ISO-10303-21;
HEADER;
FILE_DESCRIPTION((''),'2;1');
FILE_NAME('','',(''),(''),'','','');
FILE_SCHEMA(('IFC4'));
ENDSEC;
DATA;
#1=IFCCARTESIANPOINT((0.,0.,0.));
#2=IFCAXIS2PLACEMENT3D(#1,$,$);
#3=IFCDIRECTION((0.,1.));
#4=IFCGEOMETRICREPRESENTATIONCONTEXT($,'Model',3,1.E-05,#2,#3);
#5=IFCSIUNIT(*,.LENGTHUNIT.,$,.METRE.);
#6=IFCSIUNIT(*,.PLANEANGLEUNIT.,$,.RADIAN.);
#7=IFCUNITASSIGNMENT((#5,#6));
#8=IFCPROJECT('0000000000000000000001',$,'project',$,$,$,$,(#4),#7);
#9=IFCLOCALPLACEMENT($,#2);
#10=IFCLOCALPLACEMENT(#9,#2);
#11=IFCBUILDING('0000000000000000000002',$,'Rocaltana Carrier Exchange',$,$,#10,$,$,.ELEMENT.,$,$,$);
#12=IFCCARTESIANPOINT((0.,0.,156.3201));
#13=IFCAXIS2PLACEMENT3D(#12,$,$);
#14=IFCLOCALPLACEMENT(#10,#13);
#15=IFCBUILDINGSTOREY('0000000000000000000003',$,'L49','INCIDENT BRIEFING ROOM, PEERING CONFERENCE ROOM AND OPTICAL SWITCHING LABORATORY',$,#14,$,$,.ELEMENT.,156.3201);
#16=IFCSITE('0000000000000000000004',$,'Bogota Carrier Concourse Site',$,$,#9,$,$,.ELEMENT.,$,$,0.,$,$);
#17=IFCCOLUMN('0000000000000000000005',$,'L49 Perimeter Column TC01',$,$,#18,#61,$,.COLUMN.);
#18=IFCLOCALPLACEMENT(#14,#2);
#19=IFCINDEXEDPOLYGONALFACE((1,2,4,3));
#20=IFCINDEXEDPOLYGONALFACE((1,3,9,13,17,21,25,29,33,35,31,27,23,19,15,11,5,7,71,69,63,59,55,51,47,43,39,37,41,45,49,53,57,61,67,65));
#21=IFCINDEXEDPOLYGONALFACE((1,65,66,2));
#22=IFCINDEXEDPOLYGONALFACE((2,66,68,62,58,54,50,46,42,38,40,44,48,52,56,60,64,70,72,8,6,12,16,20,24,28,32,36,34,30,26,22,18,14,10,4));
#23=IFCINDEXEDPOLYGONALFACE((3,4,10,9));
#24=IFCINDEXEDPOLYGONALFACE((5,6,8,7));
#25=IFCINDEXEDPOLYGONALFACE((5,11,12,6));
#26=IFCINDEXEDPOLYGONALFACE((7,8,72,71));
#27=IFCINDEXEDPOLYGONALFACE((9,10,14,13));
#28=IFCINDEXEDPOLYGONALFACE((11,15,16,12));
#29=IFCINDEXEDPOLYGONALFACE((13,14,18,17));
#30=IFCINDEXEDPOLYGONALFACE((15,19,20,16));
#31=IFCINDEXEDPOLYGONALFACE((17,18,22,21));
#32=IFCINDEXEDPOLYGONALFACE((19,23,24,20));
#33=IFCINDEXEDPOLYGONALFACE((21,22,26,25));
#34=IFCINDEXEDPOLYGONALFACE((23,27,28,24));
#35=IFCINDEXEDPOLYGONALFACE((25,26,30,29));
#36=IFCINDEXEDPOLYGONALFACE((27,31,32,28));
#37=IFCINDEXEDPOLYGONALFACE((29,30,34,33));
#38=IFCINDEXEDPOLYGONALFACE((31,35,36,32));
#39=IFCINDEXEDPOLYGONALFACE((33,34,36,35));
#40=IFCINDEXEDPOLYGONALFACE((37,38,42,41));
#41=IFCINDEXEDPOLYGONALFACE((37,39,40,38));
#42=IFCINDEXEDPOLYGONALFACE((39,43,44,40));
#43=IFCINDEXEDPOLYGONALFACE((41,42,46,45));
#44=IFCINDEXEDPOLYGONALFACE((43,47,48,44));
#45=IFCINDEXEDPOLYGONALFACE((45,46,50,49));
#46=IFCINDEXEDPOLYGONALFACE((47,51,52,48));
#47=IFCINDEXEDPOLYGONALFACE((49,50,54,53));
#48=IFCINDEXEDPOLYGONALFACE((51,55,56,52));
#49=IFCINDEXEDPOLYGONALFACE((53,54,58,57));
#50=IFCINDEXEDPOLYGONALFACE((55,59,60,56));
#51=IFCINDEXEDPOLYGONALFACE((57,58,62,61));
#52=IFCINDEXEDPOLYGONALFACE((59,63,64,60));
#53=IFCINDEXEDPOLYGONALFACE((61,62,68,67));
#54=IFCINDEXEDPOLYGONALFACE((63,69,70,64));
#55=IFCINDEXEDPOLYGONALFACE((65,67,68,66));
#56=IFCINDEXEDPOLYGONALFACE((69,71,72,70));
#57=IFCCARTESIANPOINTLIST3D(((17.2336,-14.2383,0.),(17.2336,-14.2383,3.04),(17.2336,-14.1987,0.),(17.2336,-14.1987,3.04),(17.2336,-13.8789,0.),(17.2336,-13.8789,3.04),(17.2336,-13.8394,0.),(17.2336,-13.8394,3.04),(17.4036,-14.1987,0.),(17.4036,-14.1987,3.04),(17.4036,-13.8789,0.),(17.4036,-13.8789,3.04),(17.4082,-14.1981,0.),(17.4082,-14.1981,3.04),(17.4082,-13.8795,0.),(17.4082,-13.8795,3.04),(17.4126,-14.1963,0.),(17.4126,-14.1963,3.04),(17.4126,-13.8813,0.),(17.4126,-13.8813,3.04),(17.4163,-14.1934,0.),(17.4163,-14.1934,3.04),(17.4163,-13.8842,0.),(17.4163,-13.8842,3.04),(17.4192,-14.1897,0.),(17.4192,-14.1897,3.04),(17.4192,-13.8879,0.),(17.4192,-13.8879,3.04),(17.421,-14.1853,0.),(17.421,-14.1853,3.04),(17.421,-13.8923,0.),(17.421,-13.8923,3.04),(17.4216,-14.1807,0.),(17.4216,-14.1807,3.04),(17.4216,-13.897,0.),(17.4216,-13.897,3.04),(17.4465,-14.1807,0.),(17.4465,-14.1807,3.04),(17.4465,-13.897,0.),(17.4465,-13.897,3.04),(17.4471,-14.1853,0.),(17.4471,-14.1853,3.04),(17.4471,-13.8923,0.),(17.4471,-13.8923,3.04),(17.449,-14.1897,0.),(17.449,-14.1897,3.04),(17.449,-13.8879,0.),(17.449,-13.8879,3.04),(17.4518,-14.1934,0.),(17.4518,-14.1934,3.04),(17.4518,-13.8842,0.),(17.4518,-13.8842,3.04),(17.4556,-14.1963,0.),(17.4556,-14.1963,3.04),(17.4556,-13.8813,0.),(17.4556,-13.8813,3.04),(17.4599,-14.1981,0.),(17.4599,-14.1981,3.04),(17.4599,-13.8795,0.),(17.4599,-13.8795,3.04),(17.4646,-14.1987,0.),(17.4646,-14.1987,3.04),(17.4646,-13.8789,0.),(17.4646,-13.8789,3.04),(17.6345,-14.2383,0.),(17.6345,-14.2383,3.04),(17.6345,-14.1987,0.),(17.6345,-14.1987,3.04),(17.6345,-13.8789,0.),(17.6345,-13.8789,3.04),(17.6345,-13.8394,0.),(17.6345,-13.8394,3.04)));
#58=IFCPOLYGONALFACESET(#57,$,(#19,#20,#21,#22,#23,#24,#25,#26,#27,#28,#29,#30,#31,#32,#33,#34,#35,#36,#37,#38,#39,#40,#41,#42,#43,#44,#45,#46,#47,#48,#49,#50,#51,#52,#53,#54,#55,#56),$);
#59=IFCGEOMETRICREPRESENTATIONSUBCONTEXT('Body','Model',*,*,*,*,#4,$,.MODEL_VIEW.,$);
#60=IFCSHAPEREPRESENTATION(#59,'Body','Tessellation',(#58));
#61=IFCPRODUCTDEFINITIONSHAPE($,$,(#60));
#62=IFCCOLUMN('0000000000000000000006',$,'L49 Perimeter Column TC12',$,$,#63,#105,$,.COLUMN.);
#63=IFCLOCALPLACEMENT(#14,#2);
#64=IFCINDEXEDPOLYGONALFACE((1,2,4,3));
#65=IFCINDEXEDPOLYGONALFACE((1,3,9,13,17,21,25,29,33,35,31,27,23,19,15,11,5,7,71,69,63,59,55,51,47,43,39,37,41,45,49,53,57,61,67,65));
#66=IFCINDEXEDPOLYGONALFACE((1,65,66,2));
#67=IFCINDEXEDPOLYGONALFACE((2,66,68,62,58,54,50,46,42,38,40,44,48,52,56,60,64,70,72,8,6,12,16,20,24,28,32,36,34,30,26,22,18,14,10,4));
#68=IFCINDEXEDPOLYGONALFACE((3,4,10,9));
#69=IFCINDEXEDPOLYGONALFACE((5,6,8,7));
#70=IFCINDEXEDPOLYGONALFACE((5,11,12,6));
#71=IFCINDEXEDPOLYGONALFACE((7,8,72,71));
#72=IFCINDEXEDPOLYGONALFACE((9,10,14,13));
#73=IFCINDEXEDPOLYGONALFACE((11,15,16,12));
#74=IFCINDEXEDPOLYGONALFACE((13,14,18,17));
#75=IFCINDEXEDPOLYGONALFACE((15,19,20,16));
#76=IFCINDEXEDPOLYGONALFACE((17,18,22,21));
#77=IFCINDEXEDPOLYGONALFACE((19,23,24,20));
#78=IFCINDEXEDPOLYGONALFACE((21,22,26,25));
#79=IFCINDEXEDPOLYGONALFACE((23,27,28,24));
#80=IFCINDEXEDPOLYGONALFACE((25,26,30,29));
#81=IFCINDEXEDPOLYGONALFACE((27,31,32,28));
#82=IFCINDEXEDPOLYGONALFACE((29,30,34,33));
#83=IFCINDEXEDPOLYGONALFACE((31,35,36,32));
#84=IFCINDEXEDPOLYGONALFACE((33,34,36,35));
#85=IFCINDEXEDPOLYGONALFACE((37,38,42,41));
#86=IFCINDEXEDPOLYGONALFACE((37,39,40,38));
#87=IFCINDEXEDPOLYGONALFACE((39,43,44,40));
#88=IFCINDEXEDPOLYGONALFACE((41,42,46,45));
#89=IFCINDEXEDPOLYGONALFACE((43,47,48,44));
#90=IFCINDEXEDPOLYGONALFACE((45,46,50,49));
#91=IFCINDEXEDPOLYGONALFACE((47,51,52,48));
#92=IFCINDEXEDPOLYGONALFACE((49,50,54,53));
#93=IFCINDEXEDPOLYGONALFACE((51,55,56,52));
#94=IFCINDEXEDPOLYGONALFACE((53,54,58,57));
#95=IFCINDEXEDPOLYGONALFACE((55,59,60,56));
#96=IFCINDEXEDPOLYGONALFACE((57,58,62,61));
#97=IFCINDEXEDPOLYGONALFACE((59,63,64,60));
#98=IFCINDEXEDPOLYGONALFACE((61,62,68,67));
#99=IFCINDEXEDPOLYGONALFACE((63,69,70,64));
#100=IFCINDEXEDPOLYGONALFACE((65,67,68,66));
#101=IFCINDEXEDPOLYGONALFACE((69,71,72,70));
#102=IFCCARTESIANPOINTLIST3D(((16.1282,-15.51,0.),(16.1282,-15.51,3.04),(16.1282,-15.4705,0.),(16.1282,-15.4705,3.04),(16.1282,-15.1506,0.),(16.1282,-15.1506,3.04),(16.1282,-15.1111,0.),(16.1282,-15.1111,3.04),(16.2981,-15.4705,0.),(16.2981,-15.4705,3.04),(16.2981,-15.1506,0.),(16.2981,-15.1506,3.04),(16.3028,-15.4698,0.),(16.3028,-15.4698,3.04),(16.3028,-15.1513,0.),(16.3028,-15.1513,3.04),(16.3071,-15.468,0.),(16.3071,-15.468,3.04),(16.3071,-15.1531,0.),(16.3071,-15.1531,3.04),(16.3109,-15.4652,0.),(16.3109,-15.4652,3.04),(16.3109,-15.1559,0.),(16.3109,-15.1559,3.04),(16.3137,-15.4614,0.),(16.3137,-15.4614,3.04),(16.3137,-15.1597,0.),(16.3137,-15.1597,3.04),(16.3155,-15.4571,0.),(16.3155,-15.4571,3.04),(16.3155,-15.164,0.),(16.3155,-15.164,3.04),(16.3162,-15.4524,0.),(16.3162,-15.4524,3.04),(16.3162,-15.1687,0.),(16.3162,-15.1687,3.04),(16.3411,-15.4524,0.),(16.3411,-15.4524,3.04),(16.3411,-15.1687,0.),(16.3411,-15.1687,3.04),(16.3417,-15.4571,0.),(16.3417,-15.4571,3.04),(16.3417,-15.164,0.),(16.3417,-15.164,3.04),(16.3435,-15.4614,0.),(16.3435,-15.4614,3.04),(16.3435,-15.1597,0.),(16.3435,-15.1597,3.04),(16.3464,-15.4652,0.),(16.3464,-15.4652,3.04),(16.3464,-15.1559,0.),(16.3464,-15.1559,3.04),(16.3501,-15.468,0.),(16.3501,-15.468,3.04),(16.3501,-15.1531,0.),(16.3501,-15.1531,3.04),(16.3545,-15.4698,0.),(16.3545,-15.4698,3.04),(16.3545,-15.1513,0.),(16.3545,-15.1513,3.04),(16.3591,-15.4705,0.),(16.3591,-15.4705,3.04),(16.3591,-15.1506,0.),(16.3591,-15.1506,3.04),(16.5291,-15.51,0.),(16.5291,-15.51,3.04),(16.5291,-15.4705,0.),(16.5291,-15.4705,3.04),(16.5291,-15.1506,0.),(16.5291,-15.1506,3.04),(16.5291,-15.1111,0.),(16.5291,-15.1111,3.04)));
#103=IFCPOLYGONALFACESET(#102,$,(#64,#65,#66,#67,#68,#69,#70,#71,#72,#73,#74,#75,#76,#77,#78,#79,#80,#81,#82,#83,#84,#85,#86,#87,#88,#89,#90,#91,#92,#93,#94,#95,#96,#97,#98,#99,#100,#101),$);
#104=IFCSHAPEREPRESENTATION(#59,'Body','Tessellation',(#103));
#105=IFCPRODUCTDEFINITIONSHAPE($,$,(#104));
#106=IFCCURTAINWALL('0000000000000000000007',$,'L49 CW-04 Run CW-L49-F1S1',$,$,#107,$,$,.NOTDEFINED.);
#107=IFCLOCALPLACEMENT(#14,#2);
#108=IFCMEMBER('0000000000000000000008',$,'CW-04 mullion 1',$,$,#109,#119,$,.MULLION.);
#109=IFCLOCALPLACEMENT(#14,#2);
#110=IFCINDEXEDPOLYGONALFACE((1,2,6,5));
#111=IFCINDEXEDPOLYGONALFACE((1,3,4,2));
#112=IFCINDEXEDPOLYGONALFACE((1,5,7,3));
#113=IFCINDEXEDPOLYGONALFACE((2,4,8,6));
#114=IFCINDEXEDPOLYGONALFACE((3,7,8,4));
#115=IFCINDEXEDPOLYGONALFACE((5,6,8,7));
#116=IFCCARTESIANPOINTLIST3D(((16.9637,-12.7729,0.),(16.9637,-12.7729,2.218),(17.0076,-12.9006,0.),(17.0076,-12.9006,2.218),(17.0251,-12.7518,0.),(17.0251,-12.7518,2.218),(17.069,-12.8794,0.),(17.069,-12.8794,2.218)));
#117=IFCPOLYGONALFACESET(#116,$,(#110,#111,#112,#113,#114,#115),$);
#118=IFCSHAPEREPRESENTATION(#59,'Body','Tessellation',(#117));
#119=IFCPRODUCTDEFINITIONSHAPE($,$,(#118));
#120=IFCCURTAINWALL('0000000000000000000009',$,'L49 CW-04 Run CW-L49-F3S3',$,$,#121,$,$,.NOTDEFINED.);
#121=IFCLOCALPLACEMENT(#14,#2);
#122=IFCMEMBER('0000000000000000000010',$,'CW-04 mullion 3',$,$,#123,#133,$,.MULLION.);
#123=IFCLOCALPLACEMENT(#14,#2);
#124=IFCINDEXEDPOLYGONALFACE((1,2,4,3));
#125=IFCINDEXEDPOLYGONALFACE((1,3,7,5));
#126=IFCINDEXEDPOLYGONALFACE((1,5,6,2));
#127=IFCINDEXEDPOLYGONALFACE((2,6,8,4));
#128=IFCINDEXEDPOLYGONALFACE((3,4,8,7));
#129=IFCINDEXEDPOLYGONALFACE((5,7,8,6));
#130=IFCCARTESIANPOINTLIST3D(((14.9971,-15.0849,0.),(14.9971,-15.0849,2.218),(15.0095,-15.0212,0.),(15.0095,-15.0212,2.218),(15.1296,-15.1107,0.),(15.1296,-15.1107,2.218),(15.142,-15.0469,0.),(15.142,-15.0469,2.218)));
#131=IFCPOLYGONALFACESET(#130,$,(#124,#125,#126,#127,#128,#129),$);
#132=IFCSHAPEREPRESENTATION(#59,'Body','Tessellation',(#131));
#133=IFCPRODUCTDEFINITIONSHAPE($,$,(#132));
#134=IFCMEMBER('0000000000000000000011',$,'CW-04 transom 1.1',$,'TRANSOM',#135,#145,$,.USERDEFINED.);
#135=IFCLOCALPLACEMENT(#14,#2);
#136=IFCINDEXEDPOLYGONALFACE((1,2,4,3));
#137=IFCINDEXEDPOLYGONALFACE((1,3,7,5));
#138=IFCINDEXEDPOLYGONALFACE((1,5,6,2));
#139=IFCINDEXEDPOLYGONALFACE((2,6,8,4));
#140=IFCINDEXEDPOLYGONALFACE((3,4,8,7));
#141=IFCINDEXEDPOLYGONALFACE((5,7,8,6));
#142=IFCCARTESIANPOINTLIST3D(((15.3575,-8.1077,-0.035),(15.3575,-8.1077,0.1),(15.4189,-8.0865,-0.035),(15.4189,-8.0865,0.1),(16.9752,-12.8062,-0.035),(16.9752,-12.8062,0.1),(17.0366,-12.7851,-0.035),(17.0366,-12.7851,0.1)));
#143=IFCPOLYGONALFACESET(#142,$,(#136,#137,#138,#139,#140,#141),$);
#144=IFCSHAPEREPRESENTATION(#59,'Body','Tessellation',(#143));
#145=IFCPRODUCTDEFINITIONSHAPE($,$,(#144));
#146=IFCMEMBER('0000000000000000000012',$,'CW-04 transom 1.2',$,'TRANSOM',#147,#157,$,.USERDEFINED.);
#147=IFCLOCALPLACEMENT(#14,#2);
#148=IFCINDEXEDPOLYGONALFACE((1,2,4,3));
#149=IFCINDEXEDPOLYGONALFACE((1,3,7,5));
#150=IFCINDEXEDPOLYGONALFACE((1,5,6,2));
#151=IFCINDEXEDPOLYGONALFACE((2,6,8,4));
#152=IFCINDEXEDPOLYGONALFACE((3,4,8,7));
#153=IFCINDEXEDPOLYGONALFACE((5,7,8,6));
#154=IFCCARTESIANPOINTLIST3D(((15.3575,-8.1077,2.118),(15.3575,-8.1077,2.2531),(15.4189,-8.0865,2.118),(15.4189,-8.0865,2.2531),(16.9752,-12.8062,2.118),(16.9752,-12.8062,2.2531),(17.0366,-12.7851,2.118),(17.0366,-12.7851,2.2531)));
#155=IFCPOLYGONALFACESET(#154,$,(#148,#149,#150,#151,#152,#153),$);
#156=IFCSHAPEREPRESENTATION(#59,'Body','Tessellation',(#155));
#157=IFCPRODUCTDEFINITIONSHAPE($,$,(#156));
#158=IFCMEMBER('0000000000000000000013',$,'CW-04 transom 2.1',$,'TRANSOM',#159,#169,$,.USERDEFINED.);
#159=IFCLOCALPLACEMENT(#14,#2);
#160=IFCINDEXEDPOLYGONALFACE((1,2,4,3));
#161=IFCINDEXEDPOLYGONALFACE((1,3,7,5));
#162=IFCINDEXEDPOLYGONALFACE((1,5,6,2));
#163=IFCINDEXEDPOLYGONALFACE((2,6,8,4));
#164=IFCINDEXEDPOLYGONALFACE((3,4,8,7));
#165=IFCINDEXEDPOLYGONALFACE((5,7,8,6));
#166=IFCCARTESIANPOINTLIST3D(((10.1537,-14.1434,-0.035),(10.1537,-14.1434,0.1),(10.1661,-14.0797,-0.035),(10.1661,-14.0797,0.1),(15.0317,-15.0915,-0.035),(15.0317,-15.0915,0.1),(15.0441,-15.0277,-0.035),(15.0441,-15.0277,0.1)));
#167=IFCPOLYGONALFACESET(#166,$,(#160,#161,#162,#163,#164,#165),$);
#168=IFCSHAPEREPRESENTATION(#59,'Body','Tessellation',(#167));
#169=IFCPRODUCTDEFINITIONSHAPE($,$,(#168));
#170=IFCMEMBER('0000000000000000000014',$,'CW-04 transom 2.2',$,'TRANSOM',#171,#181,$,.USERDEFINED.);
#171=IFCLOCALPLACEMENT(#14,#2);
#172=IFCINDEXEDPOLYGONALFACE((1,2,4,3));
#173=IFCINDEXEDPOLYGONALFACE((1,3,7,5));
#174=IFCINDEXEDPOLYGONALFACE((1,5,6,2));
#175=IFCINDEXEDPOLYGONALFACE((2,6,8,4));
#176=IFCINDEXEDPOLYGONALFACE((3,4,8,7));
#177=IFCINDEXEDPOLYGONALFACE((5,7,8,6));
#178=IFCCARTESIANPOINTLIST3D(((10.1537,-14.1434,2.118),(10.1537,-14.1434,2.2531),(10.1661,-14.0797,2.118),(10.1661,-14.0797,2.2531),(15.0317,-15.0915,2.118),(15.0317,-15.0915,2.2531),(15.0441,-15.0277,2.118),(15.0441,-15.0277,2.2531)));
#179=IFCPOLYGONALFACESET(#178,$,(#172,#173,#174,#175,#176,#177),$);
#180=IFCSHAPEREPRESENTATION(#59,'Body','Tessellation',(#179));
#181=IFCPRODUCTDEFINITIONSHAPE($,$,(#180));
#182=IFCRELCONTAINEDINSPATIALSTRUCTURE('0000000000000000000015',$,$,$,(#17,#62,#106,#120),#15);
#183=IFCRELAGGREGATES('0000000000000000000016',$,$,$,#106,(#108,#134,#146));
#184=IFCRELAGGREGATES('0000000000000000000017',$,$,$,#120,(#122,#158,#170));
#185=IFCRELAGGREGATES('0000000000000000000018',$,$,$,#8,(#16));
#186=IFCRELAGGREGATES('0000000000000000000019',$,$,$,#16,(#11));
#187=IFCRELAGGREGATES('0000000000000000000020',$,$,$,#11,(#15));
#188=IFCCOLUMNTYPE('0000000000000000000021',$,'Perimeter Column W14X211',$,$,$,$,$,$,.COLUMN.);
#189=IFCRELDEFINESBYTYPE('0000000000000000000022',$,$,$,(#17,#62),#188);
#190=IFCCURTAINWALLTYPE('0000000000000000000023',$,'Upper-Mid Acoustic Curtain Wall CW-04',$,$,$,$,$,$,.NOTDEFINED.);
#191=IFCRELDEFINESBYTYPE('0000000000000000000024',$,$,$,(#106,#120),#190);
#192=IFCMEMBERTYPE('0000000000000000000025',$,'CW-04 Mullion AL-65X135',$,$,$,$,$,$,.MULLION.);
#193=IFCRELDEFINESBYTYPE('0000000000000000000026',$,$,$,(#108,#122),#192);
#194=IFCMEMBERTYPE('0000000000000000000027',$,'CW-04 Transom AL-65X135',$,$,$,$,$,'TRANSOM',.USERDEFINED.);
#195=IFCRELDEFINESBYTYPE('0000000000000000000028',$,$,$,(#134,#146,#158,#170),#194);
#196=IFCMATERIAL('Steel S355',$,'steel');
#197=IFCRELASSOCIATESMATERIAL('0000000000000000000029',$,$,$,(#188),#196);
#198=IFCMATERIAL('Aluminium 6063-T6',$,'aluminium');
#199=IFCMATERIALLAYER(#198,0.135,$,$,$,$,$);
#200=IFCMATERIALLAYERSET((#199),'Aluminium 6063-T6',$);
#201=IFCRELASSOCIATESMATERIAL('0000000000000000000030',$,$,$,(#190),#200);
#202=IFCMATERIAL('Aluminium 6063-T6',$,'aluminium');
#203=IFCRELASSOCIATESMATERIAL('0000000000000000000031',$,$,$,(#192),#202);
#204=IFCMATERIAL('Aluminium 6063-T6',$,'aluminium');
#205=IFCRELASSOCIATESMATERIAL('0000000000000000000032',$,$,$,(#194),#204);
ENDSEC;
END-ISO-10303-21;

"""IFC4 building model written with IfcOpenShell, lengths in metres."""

from ifc_helpers import new_model, si_unit, direction, frame, origin, origin_2d, place, context, subcontext, project, spatial, rectangle, i_section, extrude, material, layer, layer_set, material_profile, profile_set, type_object, element, aggregate, save


model = new_model("IFC4")

# Units and contexts
model_context = context("Model", 3, precision=1e-05, world=origin(), true_north=direction((0.0, 1.0)))
body_context = subcontext(model_context, "Body", "Model", "MODEL_VIEW")
ifc_project = project(units=[si_unit("LENGTHUNIT", "METRE"), si_unit("PLANEANGLEUNIT", "RADIAN")], contexts=[model_context])

# Site, building, storey
site_placement = place(None, origin())
site = spatial("IfcSite", under=ifc_project, at=site_placement, Name="Bogota Carrier Concourse Site", CompositionType="ELEMENT", RefElevation=0.0)
building_placement = place(site_placement, origin())
building = spatial("IfcBuilding", under=site, at=building_placement, Name="Rocaltana Carrier Exchange", CompositionType="ELEMENT")
storey_placement = place(building_placement, frame((0.0, 0.0, 156.3201)))
storey = spatial("IfcBuildingStorey", under=building, at=storey_placement, Name="L49", Description="INCIDENT BRIEFING ROOM, PEERING CONFERENCE ROOM AND OPTICAL SWITCHING LABORATORY", CompositionType="ELEMENT", Elevation=156.3201)

# Columns
ifc_material_1 = material(Name="Steel S355", Category="steel")
ifc_material_profile_1 = material_profile(ifc_material_1, i_section(OverallWidth=0.4009, OverallDepth=0.3989, WebThickness=0.0249, FlangeThickness=0.0396, FilletRadius=0.0181, at=origin_2d()), Name="W14X211")
ifc_profile_set_1 = profile_set([ifc_material_profile_1], Name="Steel S355")
column_type = type_object("IfcColumnType", Name="Perimeter Column W14X211", PredefinedType="COLUMN", material=ifc_profile_set_1)
for number, where, z_axis, x_axis, name in (
    (1, (17.4341, -14.0388, 0.0), (0.0, 0.0, 1.0), (1.0, 0.0, 0.0), "L49 Perimeter Column TC01"),
    (2, (16.3286, -15.3105, 0.0), (0.0, 0.0, 1.0), (1.0, 0.0, 0.0), "L49 Perimeter Column TC12"),
):
    element("IfcColumn", number, at=place(storey_placement, frame(where, z_axis=z_axis, x_axis=x_axis)), inside=storey, type_object=column_type, Name=name, PredefinedType="COLUMN", context=body_context, shape_type="SweptSolid", body=[
        extrude(i_section(OverallWidth=0.4009, OverallDepth=0.3989, WebThickness=0.0249, FlangeThickness=0.0396, FilletRadius=0.0181, at=origin_2d()), origin(), (0.0, 0.0, 1.0), 3.04),
    ])

# Curtain walls, members
ifc_material_2 = material(Name="Aluminium 6063-T6", Category="aluminium")
ifc_layer_1 = layer(ifc_material_2, 0.135)
ifc_layer_set_1 = layer_set([ifc_layer_1], Name="Aluminium 6063-T6")
curtain_wall_type = type_object("IfcCurtainWallType", Name="Upper-Mid Acoustic Curtain Wall CW-04", PredefinedType="NOTDEFINED", material=ifc_layer_set_1)
curtain_wall_1_placement = place(storey_placement, origin())
curtain_wall_1 = element("IfcCurtainWall", 3, at=curtain_wall_1_placement, inside=storey, type_object=curtain_wall_type, Name="L49 CW-04 Run CW-L49-F1S1", PredefinedType="NOTDEFINED")
ifc_material_3 = material(Name="Aluminium 6063-T6", Category="aluminium")
ifc_material_profile_2 = material_profile(ifc_material_3, rectangle(XDim=0.0649, YDim=0.135, at=origin_2d()), Name="AL-65X135")
ifc_profile_set_2 = profile_set([ifc_material_profile_2], Name="Aluminium 6063-T6")
member_type_1 = type_object("IfcMemberType", Name="CW-04 Mullion AL-65X135", PredefinedType="MULLION", material=ifc_profile_set_2)
member_1_placement = place(storey_placement, frame((17.0164, -12.8262, 0.0), z_axis=(0.0, 0.0, 1.0), x_axis=(-0.945522, -0.325559, 0.0)))
member_1 = element("IfcMember", 4, at=member_1_placement, type_object=member_type_1, Name="CW-04 mullion 1", PredefinedType="MULLION", context=body_context, shape_type="SweptSolid", body=[
    extrude(rectangle(XDim=0.0649, YDim=0.135, at=origin_2d()), origin(), (0.0, 0.0, 1.0), 2.218),
])
curtain_wall_2_placement = place(storey_placement, origin())
curtain_wall_2 = element("IfcCurtainWall", 5, at=curtain_wall_2_placement, inside=storey, type_object=curtain_wall_type, Name="L49 CW-04 Run CW-L49-F3S3", PredefinedType="NOTDEFINED")
member_2_placement = place(storey_placement, frame((15.0696, -15.0659, 0.0), z_axis=(0.0, 0.0, 1.0), x_axis=(0.190805, 0.981628, 0.0)))
member_2 = element("IfcMember", 6, at=member_2_placement, type_object=member_type_1, Name="CW-04 mullion 3", PredefinedType="MULLION", context=body_context, shape_type="SweptSolid", body=[
    extrude(rectangle(XDim=0.0649, YDim=0.135, at=origin_2d()), origin(), (0.0, 0.0, 1.0), 2.218),
])

# Members
ifc_material_4 = material(Name="Aluminium 6063-T6", Category="aluminium")
ifc_material_profile_3 = material_profile(ifc_material_4, rectangle(XDim=0.0649, YDim=0.135, at=origin_2d()), Name="AL-65X135")
ifc_profile_set_3 = profile_set([ifc_material_profile_3], Name="Aluminium 6063-T6")
member_type_2 = type_object("IfcMemberType", Name="CW-04 Transom AL-65X135", ElementType="TRANSOM", PredefinedType="USERDEFINED", material=ifc_profile_set_3)
member_3_placement = place(storey_placement, frame((17.0059, -12.7957, 0.0325), z_axis=(-0.325542, 0.945527, 0.0), x_axis=(-0.945527, -0.325542, 0.0)))
member_3 = element("IfcMember", 7, at=member_3_placement, type_object=member_type_2, Name="CW-04 transom 1.1", ObjectType="TRANSOM", PredefinedType="USERDEFINED", context=body_context, shape_type="SweptSolid", body=[
    extrude(rectangle(XDim=0.0649, YDim=0.135, at=origin_2d()), origin(), (0.0, 0.0, 1.0), 4.9692),
])
member_4_placement = place(storey_placement, frame((17.0059, -12.7957, 2.1855), z_axis=(-0.325542, 0.945527, 0.0), x_axis=(-0.945527, -0.325542, 0.0)))
member_4 = element("IfcMember", 8, at=member_4_placement, type_object=member_type_2, Name="CW-04 transom 1.2", ObjectType="TRANSOM", PredefinedType="USERDEFINED", context=body_context, shape_type="SweptSolid", body=[
    extrude(rectangle(XDim=0.0649, YDim=0.135, at=origin_2d()), origin(), (0.0, 0.0, 1.0), 4.9692),
])
aggregate(curtain_wall_1, [member_1, member_3, member_4])
member_5_placement = place(storey_placement, frame((10.1599, -14.1116, 0.0325), z_axis=(0.981634, -0.190775, 0.0), x_axis=(0.190775, 0.981634, 0.0)))
member_5 = element("IfcMember", 9, at=member_5_placement, type_object=member_type_2, Name="CW-04 transom 2.1", ObjectType="TRANSOM", PredefinedType="USERDEFINED", context=body_context, shape_type="SweptSolid", body=[
    extrude(rectangle(XDim=0.0649, YDim=0.135, at=origin_2d()), origin(), (0.0, 0.0, 1.0), 4.9692),
])
member_6_placement = place(storey_placement, frame((10.1599, -14.1116, 2.1855), z_axis=(0.981634, -0.190775, 0.0), x_axis=(0.190775, 0.981634, 0.0)))
member_6 = element("IfcMember", 10, at=member_6_placement, type_object=member_type_2, Name="CW-04 transom 2.2", ObjectType="TRANSOM", PredefinedType="USERDEFINED", context=body_context, shape_type="SweptSolid", body=[
    extrude(rectangle(XDim=0.0649, YDim=0.135, at=origin_2d()), origin(), (0.0, 0.0, 1.0), 4.9692),
])

aggregate(curtain_wall_2, [member_2, member_5, member_6])

save(model, "model.ifc")
